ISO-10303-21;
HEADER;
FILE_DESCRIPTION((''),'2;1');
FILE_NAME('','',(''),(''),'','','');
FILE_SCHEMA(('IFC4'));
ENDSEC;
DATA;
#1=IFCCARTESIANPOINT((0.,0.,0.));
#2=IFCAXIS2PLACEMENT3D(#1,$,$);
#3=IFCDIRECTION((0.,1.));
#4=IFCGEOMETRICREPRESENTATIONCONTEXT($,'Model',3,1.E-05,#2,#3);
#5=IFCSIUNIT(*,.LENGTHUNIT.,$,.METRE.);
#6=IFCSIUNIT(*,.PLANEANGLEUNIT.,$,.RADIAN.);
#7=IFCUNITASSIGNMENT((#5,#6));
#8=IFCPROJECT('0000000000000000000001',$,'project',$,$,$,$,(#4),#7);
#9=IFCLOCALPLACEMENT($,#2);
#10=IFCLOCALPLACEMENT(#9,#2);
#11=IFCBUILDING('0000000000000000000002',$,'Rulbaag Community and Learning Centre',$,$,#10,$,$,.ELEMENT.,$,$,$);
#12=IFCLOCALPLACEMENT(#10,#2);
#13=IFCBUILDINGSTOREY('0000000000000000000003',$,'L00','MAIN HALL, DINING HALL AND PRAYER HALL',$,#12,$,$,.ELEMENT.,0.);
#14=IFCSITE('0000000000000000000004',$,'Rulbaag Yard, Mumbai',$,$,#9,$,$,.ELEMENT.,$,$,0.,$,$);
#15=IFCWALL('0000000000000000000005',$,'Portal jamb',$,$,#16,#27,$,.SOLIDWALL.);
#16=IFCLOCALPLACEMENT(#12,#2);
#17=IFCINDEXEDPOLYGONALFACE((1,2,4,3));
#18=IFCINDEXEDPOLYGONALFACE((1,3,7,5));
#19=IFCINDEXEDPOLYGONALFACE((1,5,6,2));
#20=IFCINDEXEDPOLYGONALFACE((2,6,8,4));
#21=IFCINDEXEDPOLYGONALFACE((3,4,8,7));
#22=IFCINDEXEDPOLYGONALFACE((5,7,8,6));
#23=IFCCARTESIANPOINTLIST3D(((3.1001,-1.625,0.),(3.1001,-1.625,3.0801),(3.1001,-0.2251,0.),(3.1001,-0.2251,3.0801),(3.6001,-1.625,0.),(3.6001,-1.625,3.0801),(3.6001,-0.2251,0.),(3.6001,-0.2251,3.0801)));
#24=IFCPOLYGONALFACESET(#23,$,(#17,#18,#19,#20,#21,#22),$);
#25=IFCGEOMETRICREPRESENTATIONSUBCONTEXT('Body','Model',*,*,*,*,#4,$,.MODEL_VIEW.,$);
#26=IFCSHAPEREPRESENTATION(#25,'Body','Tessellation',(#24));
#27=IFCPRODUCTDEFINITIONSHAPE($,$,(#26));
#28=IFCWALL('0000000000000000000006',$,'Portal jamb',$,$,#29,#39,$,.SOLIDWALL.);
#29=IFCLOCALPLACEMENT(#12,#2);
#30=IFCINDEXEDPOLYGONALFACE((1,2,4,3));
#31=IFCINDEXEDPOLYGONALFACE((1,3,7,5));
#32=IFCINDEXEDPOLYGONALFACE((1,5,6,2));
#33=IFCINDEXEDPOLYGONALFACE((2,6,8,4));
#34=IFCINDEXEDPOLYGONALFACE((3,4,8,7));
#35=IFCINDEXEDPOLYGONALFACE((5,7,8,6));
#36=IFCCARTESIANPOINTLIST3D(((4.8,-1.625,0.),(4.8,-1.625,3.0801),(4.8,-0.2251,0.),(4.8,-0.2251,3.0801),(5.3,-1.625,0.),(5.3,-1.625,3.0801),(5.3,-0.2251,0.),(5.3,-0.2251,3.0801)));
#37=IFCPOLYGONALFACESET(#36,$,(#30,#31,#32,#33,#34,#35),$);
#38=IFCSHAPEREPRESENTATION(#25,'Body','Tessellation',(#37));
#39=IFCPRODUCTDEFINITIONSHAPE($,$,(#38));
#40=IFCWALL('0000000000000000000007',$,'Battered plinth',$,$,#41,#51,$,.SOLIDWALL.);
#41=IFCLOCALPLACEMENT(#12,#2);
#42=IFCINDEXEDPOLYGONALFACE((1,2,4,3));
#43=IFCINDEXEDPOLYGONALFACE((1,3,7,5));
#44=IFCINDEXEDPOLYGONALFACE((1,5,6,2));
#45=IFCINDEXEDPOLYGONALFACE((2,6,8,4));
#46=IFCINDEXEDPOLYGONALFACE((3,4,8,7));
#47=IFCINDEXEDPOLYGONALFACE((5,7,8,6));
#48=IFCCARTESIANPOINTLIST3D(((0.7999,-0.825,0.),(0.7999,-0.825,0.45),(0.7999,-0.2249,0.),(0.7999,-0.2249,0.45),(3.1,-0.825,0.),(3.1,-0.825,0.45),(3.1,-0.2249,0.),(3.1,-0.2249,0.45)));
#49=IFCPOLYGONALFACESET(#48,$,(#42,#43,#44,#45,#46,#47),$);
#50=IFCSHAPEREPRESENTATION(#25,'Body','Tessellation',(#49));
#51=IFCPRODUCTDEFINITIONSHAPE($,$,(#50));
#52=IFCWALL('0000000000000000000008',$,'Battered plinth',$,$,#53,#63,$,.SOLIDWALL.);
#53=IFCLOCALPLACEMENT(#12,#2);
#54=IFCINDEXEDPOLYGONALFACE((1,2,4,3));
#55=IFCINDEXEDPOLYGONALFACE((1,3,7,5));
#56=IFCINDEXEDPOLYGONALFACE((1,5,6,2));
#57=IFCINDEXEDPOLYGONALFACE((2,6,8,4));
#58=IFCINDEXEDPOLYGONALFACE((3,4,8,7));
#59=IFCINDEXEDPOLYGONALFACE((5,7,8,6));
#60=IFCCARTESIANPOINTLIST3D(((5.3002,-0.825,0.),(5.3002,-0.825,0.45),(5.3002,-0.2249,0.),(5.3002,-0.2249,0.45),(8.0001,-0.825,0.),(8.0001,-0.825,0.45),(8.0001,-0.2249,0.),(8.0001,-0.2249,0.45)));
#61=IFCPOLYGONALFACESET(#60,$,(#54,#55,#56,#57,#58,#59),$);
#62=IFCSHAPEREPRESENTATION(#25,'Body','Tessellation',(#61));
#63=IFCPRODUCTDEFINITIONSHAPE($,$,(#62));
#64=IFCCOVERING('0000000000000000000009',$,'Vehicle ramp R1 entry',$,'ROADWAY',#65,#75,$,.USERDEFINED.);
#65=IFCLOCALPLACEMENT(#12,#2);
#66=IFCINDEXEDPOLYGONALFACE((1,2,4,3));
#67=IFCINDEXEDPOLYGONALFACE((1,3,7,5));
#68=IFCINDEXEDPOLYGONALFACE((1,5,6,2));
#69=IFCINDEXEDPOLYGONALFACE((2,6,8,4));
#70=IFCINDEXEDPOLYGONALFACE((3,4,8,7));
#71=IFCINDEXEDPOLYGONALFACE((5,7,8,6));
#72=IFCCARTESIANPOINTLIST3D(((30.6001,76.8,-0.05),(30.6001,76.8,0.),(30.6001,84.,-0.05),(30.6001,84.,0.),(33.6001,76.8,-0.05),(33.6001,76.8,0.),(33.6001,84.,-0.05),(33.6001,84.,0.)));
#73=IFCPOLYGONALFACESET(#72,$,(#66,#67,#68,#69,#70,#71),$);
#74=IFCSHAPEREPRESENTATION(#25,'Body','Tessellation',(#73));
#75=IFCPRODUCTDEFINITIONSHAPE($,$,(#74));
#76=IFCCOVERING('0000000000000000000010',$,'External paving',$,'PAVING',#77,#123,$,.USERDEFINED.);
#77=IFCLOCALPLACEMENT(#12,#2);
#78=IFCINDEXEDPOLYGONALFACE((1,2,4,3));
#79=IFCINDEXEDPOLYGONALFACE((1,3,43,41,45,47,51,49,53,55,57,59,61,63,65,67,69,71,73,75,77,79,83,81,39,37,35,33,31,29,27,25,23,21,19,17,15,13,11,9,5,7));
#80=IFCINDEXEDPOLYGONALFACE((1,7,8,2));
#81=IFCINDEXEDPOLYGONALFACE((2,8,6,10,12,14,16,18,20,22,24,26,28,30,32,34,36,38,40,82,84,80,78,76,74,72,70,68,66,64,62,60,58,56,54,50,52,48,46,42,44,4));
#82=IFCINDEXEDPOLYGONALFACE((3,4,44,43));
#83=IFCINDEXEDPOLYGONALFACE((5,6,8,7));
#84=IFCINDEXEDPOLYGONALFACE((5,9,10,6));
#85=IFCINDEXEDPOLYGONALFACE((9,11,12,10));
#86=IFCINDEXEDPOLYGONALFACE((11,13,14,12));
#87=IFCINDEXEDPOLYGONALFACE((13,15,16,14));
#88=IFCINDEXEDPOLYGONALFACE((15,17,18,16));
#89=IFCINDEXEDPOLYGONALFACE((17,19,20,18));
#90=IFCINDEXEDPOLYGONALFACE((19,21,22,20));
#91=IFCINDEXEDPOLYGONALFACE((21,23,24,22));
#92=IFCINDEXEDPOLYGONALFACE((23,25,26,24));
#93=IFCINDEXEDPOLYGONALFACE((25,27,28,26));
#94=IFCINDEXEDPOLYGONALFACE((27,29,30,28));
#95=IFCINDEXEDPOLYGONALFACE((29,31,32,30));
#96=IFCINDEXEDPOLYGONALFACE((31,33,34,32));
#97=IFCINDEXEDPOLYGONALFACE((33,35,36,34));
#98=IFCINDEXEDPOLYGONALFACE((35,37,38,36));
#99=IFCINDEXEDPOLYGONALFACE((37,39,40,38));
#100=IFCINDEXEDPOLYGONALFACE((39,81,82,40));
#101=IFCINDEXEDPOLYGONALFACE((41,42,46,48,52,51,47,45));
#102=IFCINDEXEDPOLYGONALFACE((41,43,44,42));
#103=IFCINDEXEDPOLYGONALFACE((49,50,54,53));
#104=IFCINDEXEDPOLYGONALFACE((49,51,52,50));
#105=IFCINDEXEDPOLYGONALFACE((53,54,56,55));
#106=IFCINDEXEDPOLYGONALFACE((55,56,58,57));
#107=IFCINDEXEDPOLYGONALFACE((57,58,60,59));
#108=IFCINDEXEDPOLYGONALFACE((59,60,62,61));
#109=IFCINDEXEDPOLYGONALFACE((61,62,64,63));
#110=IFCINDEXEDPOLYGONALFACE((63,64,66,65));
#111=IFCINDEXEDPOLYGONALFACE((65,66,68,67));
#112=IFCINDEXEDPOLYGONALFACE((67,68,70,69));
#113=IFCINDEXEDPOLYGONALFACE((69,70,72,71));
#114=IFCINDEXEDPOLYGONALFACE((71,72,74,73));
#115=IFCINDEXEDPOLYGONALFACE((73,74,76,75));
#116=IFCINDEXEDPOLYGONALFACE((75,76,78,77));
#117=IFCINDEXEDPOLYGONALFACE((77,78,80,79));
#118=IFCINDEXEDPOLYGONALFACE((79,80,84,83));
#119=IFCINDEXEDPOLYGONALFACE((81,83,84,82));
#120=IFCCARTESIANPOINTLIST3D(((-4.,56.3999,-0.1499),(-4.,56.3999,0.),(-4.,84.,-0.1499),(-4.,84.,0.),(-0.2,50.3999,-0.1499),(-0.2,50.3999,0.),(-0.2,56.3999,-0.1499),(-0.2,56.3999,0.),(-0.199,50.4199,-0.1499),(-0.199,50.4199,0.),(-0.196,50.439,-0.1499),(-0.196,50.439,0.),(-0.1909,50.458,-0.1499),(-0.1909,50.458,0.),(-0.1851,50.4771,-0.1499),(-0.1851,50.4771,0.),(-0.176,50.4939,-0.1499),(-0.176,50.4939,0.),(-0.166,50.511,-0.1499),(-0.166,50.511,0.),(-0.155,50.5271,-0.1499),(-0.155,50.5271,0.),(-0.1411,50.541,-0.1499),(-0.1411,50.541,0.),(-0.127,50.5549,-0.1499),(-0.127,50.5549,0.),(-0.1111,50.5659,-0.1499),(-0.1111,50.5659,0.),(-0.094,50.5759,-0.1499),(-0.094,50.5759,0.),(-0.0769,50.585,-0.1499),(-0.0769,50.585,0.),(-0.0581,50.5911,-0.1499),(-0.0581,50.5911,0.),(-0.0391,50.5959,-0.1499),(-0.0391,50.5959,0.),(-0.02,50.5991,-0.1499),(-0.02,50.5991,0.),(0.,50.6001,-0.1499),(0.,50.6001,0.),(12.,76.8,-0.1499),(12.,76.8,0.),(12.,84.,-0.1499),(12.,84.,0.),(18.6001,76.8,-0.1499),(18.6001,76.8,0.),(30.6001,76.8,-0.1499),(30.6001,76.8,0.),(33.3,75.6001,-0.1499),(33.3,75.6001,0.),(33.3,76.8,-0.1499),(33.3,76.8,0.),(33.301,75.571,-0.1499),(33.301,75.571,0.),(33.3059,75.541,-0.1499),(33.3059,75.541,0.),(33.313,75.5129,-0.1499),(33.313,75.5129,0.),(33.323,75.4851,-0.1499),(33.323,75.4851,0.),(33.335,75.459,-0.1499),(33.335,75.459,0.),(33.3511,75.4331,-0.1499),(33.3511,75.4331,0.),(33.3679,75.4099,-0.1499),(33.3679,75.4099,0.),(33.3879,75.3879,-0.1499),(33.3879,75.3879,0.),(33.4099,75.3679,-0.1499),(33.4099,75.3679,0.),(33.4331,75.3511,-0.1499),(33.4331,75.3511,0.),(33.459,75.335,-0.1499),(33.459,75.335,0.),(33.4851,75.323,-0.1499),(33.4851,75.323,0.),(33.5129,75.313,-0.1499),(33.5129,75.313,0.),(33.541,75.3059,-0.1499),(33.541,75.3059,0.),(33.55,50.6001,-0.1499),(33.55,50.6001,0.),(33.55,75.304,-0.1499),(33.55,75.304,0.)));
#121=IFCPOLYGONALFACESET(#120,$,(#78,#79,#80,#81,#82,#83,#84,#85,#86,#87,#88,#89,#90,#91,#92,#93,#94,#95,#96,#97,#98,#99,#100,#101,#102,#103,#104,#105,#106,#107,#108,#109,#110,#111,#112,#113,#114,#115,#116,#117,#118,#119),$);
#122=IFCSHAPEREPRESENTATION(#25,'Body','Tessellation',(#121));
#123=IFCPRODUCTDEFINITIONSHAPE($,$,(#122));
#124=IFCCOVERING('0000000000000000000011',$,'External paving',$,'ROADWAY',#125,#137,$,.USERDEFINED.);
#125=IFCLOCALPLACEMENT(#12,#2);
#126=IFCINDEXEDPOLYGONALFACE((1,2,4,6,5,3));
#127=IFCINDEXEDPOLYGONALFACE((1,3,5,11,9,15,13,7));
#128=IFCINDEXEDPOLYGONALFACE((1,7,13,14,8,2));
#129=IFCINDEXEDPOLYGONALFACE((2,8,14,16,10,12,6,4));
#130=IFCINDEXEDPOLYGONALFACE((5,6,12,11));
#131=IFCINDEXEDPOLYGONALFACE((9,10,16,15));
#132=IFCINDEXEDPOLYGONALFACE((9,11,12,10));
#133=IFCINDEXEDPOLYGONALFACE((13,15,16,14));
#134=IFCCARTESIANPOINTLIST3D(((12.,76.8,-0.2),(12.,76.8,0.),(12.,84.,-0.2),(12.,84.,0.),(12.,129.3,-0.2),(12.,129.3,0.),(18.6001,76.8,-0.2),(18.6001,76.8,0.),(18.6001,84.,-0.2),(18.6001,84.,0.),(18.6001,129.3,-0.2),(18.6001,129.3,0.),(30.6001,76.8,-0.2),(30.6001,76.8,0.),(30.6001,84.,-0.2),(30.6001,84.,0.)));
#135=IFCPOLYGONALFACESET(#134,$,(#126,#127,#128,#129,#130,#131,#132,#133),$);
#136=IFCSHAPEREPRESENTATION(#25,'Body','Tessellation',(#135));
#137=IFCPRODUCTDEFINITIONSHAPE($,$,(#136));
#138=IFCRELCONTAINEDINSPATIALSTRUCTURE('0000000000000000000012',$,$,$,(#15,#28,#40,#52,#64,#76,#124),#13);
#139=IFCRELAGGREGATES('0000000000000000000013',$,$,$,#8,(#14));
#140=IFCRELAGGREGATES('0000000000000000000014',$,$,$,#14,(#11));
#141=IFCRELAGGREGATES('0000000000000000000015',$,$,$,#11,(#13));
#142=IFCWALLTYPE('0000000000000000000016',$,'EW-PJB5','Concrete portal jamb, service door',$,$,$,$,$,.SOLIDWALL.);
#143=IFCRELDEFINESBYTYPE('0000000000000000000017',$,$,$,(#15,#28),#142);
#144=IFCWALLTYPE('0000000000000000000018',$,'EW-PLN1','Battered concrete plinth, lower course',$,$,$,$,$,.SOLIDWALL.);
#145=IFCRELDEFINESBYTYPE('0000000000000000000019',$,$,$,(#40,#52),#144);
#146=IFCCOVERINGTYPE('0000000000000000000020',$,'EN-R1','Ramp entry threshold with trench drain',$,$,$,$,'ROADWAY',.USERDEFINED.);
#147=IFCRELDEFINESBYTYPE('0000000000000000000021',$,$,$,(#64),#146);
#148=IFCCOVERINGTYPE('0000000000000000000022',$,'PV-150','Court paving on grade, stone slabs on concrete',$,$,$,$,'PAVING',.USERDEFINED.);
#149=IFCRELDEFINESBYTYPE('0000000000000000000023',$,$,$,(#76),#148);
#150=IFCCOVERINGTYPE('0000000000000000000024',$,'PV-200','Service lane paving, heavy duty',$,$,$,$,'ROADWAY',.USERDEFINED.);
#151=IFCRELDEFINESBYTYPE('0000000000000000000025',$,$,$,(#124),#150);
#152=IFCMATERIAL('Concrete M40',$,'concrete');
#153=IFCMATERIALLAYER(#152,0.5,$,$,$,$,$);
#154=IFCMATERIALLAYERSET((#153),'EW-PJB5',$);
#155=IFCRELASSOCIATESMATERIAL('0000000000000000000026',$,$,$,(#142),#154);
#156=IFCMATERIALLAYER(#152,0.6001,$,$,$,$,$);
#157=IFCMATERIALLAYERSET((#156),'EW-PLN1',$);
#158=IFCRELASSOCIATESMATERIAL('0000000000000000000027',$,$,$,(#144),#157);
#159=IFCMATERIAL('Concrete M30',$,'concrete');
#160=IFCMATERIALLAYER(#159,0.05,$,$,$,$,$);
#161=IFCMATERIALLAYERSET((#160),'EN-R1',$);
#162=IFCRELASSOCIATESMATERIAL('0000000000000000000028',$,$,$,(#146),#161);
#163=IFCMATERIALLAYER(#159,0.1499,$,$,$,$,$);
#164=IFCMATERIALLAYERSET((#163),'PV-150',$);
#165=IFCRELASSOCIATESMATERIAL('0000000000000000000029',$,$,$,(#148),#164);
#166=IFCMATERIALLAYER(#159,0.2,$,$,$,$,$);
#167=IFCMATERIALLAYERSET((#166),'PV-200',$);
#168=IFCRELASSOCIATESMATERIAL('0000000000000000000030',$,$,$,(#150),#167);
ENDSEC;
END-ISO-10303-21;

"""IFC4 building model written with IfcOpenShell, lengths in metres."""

from ifc_helpers import new_model, si_unit, direction, frame, frame_2d, origin, place, context, subcontext, project, spatial, polyline, rectangle, outline, extrude, material, layer, layer_set, type_object, element, save


model = new_model("IFC4")

# Units and contexts
model_context = context("Model", 3, precision=1e-05, world=origin(), true_north=direction((0.0, 1.0)))
body_context = subcontext(model_context, "Body", "Model", "MODEL_VIEW")
ifc_project = project(units=[si_unit("LENGTHUNIT", "METRE"), si_unit("PLANEANGLEUNIT", "RADIAN")], contexts=[model_context])

# Site, building, storey
site_placement = place(None, origin())
site = spatial("IfcSite", under=ifc_project, at=site_placement, Name="Rulbaag Yard, Mumbai", CompositionType="ELEMENT", RefElevation=0.0)
building_placement = place(site_placement, origin())
building = spatial("IfcBuilding", under=site, at=building_placement, Name="Rulbaag Community and Learning Centre", CompositionType="ELEMENT")
storey_placement = place(building_placement, origin())
storey = spatial("IfcBuildingStorey", under=building, at=storey_placement, Name="L00", Description="MAIN HALL, DINING HALL AND PRAYER HALL", CompositionType="ELEMENT", Elevation=0.0)

# Shared definitions
ifc_material_1 = material(Name="Concrete M30", Category="concrete")

# Walls
ifc_material_2 = material(Name="Concrete M40", Category="concrete")
ifc_layer_1 = layer(ifc_material_2, 0.5)
ifc_layer_set_1 = layer_set([ifc_layer_1], Name="EW-PJB5")
wall_type_1 = type_object("IfcWallType", Name="EW-PJB5", Description="Concrete portal jamb, service door", PredefinedType="SOLIDWALL", material=ifc_layer_set_1)
for number, where, z_axis, x_axis, name in (
    (1, (3.3501, -0.2251, 0.0), (0.0, 0.0, 1.0), (0.0, -1.0, 0.0), "Portal jamb"),
    (2, (5.05, -0.2251, 0.0), (0.0, 0.0, 1.0), (0.0, -1.0, 0.0), "Portal jamb"),
):
    element("IfcWall", number, at=place(storey_placement, frame(where, z_axis=z_axis, x_axis=x_axis)), inside=storey, type_object=wall_type_1, Name=name, PredefinedType="SOLIDWALL", context=body_context, shape_type="SweptSolid", body=[
        extrude(rectangle(XDim=1.3999, YDim=0.5, at=frame_2d((0.7, 0.0))), origin(), (0.0, 0.0, 1.0), 3.0801),
    ])
ifc_layer_2 = layer(ifc_material_2, 0.6001)
ifc_layer_set_2 = layer_set([ifc_layer_2], Name="EW-PLN1")
wall_type_2 = type_object("IfcWallType", Name="EW-PLN1", Description="Battered concrete plinth, lower course", PredefinedType="SOLIDWALL", material=ifc_layer_set_2)
wall_1_placement = place(storey_placement, frame((0.8, -0.5249, 0.0), z_axis=(0.0, 0.0, 1.0), x_axis=(1.0, 0.0, 0.0)))
element("IfcWall", 3, at=wall_1_placement, inside=storey, type_object=wall_type_2, Name="Battered plinth", PredefinedType="SOLIDWALL", context=body_context, shape_type="SweptSolid", body=[
    extrude(rectangle(XDim=2.3, YDim=0.6001, at=frame_2d((1.1499, 0.0))), origin(), (0.0, 0.0, 1.0), 0.45),
])
wall_2_placement = place(storey_placement, frame((5.3, -0.5249, 0.0), z_axis=(0.0, 0.0, 1.0), x_axis=(1.0, 0.0, 0.0)))
element("IfcWall", 4, at=wall_2_placement, inside=storey, type_object=wall_type_2, Name="Battered plinth", PredefinedType="SOLIDWALL", context=body_context, shape_type="SweptSolid", body=[
    extrude(rectangle(XDim=2.7, YDim=0.6001, at=frame_2d((1.3501, 0.0))), origin(), (0.0, 0.0, 1.0), 0.45),
])

# Coverings
ifc_layer_3 = layer(ifc_material_1, 0.05)
ifc_layer_set_3 = layer_set([ifc_layer_3], Name="EN-R1")
covering_type_1 = type_object("IfcCoveringType", Name="EN-R1", Description="Ramp entry threshold with trench drain", ElementType="ROADWAY", PredefinedType="USERDEFINED", material=ifc_layer_set_3)
covering_1_placement = place(storey_placement, frame((0.0, 0.0, -0.05)))
element("IfcCovering", 5, at=covering_1_placement, inside=storey, type_object=covering_type_1, Name="Vehicle ramp R1 entry", ObjectType="ROADWAY", PredefinedType="USERDEFINED", context=body_context, shape_type="SweptSolid", body=[
    extrude(outline(polyline([(30.6001, 76.8), (33.6001, 76.8), (33.6001, 84.0), (30.6001, 84.0), (30.6001, 76.8)])), origin(), (0.0, 0.0, 1.0), 0.05),
])
ifc_layer_4 = layer(ifc_material_1, 0.1499)
ifc_layer_set_4 = layer_set([ifc_layer_4], Name="PV-150")
covering_type_2 = type_object("IfcCoveringType", Name="PV-150", Description="Court paving on grade, stone slabs on concrete", ElementType="PAVING", PredefinedType="USERDEFINED", material=ifc_layer_set_4)
covering_2_placement = place(storey_placement, frame((0.0, 0.0, -0.1499)))
element("IfcCovering", 6, at=covering_2_placement, inside=storey, type_object=covering_type_2, Name="External paving", ObjectType="PAVING", PredefinedType="USERDEFINED", context=body_context, shape_type="SweptSolid", body=[
    extrude(outline(polyline([(12.0, 84.0), (12.0, 76.8), (18.6001, 76.8), (30.6001, 76.8), (33.3, 76.8), (33.3, 75.6001), (33.301, 75.571), (33.3059, 75.541), (33.313, 75.5129), (33.323, 75.4851), (33.335, 75.459), (33.3511, 75.4331), (33.3679, 75.4099), (33.3879, 75.3879), (33.4099, 75.3679), (33.4331, 75.3511), (33.459, 75.335), (33.4851, 75.323), (33.5129, 75.313), (33.541, 75.3059), (33.55, 75.304), (33.55, 50.6001), (0.0, 50.6001), (-0.02, 50.5991), (-0.0391, 50.5959), (-0.0581, 50.5911), (-0.0769, 50.585), (-0.094, 50.5759), (-0.1111, 50.5659), (-0.127, 50.5549), (-0.1411, 50.541), (-0.155, 50.5271), (-0.166, 50.511), (-0.176, 50.4939), (-0.1851, 50.4771), (-0.1909, 50.458), (-0.196, 50.439), (-0.199, 50.4199), (-0.2, 50.3999), (-0.2, 56.3999), (-4.0, 56.3999), (-4.0, 84.0), (12.0, 84.0)])), origin(), (0.0, 0.0, 1.0), 0.1499),
])
ifc_layer_5 = layer(ifc_material_1, 0.2)
ifc_layer_set_5 = layer_set([ifc_layer_5], Name="PV-200")
covering_type_3 = type_object("IfcCoveringType", Name="PV-200", Description="Service lane paving, heavy duty", ElementType="ROADWAY", PredefinedType="USERDEFINED", material=ifc_layer_set_5)
covering_3_placement = place(storey_placement, frame((0.0, 0.0, -0.2)))
element("IfcCovering", 7, at=covering_3_placement, inside=storey, type_object=covering_type_3, Name="External paving", ObjectType="ROADWAY", PredefinedType="USERDEFINED", context=body_context, shape_type="SweptSolid", body=[
    extrude(outline(polyline([(18.6001, 76.8), (12.0, 76.8), (12.0, 84.0), (12.0, 129.3), (18.6001, 129.3), (18.6001, 84.0), (30.6001, 84.0), (30.6001, 76.8), (18.6001, 76.8)])), origin(), (0.0, 0.0, 1.0), 0.2),
])

save(model, "model.ifc")
